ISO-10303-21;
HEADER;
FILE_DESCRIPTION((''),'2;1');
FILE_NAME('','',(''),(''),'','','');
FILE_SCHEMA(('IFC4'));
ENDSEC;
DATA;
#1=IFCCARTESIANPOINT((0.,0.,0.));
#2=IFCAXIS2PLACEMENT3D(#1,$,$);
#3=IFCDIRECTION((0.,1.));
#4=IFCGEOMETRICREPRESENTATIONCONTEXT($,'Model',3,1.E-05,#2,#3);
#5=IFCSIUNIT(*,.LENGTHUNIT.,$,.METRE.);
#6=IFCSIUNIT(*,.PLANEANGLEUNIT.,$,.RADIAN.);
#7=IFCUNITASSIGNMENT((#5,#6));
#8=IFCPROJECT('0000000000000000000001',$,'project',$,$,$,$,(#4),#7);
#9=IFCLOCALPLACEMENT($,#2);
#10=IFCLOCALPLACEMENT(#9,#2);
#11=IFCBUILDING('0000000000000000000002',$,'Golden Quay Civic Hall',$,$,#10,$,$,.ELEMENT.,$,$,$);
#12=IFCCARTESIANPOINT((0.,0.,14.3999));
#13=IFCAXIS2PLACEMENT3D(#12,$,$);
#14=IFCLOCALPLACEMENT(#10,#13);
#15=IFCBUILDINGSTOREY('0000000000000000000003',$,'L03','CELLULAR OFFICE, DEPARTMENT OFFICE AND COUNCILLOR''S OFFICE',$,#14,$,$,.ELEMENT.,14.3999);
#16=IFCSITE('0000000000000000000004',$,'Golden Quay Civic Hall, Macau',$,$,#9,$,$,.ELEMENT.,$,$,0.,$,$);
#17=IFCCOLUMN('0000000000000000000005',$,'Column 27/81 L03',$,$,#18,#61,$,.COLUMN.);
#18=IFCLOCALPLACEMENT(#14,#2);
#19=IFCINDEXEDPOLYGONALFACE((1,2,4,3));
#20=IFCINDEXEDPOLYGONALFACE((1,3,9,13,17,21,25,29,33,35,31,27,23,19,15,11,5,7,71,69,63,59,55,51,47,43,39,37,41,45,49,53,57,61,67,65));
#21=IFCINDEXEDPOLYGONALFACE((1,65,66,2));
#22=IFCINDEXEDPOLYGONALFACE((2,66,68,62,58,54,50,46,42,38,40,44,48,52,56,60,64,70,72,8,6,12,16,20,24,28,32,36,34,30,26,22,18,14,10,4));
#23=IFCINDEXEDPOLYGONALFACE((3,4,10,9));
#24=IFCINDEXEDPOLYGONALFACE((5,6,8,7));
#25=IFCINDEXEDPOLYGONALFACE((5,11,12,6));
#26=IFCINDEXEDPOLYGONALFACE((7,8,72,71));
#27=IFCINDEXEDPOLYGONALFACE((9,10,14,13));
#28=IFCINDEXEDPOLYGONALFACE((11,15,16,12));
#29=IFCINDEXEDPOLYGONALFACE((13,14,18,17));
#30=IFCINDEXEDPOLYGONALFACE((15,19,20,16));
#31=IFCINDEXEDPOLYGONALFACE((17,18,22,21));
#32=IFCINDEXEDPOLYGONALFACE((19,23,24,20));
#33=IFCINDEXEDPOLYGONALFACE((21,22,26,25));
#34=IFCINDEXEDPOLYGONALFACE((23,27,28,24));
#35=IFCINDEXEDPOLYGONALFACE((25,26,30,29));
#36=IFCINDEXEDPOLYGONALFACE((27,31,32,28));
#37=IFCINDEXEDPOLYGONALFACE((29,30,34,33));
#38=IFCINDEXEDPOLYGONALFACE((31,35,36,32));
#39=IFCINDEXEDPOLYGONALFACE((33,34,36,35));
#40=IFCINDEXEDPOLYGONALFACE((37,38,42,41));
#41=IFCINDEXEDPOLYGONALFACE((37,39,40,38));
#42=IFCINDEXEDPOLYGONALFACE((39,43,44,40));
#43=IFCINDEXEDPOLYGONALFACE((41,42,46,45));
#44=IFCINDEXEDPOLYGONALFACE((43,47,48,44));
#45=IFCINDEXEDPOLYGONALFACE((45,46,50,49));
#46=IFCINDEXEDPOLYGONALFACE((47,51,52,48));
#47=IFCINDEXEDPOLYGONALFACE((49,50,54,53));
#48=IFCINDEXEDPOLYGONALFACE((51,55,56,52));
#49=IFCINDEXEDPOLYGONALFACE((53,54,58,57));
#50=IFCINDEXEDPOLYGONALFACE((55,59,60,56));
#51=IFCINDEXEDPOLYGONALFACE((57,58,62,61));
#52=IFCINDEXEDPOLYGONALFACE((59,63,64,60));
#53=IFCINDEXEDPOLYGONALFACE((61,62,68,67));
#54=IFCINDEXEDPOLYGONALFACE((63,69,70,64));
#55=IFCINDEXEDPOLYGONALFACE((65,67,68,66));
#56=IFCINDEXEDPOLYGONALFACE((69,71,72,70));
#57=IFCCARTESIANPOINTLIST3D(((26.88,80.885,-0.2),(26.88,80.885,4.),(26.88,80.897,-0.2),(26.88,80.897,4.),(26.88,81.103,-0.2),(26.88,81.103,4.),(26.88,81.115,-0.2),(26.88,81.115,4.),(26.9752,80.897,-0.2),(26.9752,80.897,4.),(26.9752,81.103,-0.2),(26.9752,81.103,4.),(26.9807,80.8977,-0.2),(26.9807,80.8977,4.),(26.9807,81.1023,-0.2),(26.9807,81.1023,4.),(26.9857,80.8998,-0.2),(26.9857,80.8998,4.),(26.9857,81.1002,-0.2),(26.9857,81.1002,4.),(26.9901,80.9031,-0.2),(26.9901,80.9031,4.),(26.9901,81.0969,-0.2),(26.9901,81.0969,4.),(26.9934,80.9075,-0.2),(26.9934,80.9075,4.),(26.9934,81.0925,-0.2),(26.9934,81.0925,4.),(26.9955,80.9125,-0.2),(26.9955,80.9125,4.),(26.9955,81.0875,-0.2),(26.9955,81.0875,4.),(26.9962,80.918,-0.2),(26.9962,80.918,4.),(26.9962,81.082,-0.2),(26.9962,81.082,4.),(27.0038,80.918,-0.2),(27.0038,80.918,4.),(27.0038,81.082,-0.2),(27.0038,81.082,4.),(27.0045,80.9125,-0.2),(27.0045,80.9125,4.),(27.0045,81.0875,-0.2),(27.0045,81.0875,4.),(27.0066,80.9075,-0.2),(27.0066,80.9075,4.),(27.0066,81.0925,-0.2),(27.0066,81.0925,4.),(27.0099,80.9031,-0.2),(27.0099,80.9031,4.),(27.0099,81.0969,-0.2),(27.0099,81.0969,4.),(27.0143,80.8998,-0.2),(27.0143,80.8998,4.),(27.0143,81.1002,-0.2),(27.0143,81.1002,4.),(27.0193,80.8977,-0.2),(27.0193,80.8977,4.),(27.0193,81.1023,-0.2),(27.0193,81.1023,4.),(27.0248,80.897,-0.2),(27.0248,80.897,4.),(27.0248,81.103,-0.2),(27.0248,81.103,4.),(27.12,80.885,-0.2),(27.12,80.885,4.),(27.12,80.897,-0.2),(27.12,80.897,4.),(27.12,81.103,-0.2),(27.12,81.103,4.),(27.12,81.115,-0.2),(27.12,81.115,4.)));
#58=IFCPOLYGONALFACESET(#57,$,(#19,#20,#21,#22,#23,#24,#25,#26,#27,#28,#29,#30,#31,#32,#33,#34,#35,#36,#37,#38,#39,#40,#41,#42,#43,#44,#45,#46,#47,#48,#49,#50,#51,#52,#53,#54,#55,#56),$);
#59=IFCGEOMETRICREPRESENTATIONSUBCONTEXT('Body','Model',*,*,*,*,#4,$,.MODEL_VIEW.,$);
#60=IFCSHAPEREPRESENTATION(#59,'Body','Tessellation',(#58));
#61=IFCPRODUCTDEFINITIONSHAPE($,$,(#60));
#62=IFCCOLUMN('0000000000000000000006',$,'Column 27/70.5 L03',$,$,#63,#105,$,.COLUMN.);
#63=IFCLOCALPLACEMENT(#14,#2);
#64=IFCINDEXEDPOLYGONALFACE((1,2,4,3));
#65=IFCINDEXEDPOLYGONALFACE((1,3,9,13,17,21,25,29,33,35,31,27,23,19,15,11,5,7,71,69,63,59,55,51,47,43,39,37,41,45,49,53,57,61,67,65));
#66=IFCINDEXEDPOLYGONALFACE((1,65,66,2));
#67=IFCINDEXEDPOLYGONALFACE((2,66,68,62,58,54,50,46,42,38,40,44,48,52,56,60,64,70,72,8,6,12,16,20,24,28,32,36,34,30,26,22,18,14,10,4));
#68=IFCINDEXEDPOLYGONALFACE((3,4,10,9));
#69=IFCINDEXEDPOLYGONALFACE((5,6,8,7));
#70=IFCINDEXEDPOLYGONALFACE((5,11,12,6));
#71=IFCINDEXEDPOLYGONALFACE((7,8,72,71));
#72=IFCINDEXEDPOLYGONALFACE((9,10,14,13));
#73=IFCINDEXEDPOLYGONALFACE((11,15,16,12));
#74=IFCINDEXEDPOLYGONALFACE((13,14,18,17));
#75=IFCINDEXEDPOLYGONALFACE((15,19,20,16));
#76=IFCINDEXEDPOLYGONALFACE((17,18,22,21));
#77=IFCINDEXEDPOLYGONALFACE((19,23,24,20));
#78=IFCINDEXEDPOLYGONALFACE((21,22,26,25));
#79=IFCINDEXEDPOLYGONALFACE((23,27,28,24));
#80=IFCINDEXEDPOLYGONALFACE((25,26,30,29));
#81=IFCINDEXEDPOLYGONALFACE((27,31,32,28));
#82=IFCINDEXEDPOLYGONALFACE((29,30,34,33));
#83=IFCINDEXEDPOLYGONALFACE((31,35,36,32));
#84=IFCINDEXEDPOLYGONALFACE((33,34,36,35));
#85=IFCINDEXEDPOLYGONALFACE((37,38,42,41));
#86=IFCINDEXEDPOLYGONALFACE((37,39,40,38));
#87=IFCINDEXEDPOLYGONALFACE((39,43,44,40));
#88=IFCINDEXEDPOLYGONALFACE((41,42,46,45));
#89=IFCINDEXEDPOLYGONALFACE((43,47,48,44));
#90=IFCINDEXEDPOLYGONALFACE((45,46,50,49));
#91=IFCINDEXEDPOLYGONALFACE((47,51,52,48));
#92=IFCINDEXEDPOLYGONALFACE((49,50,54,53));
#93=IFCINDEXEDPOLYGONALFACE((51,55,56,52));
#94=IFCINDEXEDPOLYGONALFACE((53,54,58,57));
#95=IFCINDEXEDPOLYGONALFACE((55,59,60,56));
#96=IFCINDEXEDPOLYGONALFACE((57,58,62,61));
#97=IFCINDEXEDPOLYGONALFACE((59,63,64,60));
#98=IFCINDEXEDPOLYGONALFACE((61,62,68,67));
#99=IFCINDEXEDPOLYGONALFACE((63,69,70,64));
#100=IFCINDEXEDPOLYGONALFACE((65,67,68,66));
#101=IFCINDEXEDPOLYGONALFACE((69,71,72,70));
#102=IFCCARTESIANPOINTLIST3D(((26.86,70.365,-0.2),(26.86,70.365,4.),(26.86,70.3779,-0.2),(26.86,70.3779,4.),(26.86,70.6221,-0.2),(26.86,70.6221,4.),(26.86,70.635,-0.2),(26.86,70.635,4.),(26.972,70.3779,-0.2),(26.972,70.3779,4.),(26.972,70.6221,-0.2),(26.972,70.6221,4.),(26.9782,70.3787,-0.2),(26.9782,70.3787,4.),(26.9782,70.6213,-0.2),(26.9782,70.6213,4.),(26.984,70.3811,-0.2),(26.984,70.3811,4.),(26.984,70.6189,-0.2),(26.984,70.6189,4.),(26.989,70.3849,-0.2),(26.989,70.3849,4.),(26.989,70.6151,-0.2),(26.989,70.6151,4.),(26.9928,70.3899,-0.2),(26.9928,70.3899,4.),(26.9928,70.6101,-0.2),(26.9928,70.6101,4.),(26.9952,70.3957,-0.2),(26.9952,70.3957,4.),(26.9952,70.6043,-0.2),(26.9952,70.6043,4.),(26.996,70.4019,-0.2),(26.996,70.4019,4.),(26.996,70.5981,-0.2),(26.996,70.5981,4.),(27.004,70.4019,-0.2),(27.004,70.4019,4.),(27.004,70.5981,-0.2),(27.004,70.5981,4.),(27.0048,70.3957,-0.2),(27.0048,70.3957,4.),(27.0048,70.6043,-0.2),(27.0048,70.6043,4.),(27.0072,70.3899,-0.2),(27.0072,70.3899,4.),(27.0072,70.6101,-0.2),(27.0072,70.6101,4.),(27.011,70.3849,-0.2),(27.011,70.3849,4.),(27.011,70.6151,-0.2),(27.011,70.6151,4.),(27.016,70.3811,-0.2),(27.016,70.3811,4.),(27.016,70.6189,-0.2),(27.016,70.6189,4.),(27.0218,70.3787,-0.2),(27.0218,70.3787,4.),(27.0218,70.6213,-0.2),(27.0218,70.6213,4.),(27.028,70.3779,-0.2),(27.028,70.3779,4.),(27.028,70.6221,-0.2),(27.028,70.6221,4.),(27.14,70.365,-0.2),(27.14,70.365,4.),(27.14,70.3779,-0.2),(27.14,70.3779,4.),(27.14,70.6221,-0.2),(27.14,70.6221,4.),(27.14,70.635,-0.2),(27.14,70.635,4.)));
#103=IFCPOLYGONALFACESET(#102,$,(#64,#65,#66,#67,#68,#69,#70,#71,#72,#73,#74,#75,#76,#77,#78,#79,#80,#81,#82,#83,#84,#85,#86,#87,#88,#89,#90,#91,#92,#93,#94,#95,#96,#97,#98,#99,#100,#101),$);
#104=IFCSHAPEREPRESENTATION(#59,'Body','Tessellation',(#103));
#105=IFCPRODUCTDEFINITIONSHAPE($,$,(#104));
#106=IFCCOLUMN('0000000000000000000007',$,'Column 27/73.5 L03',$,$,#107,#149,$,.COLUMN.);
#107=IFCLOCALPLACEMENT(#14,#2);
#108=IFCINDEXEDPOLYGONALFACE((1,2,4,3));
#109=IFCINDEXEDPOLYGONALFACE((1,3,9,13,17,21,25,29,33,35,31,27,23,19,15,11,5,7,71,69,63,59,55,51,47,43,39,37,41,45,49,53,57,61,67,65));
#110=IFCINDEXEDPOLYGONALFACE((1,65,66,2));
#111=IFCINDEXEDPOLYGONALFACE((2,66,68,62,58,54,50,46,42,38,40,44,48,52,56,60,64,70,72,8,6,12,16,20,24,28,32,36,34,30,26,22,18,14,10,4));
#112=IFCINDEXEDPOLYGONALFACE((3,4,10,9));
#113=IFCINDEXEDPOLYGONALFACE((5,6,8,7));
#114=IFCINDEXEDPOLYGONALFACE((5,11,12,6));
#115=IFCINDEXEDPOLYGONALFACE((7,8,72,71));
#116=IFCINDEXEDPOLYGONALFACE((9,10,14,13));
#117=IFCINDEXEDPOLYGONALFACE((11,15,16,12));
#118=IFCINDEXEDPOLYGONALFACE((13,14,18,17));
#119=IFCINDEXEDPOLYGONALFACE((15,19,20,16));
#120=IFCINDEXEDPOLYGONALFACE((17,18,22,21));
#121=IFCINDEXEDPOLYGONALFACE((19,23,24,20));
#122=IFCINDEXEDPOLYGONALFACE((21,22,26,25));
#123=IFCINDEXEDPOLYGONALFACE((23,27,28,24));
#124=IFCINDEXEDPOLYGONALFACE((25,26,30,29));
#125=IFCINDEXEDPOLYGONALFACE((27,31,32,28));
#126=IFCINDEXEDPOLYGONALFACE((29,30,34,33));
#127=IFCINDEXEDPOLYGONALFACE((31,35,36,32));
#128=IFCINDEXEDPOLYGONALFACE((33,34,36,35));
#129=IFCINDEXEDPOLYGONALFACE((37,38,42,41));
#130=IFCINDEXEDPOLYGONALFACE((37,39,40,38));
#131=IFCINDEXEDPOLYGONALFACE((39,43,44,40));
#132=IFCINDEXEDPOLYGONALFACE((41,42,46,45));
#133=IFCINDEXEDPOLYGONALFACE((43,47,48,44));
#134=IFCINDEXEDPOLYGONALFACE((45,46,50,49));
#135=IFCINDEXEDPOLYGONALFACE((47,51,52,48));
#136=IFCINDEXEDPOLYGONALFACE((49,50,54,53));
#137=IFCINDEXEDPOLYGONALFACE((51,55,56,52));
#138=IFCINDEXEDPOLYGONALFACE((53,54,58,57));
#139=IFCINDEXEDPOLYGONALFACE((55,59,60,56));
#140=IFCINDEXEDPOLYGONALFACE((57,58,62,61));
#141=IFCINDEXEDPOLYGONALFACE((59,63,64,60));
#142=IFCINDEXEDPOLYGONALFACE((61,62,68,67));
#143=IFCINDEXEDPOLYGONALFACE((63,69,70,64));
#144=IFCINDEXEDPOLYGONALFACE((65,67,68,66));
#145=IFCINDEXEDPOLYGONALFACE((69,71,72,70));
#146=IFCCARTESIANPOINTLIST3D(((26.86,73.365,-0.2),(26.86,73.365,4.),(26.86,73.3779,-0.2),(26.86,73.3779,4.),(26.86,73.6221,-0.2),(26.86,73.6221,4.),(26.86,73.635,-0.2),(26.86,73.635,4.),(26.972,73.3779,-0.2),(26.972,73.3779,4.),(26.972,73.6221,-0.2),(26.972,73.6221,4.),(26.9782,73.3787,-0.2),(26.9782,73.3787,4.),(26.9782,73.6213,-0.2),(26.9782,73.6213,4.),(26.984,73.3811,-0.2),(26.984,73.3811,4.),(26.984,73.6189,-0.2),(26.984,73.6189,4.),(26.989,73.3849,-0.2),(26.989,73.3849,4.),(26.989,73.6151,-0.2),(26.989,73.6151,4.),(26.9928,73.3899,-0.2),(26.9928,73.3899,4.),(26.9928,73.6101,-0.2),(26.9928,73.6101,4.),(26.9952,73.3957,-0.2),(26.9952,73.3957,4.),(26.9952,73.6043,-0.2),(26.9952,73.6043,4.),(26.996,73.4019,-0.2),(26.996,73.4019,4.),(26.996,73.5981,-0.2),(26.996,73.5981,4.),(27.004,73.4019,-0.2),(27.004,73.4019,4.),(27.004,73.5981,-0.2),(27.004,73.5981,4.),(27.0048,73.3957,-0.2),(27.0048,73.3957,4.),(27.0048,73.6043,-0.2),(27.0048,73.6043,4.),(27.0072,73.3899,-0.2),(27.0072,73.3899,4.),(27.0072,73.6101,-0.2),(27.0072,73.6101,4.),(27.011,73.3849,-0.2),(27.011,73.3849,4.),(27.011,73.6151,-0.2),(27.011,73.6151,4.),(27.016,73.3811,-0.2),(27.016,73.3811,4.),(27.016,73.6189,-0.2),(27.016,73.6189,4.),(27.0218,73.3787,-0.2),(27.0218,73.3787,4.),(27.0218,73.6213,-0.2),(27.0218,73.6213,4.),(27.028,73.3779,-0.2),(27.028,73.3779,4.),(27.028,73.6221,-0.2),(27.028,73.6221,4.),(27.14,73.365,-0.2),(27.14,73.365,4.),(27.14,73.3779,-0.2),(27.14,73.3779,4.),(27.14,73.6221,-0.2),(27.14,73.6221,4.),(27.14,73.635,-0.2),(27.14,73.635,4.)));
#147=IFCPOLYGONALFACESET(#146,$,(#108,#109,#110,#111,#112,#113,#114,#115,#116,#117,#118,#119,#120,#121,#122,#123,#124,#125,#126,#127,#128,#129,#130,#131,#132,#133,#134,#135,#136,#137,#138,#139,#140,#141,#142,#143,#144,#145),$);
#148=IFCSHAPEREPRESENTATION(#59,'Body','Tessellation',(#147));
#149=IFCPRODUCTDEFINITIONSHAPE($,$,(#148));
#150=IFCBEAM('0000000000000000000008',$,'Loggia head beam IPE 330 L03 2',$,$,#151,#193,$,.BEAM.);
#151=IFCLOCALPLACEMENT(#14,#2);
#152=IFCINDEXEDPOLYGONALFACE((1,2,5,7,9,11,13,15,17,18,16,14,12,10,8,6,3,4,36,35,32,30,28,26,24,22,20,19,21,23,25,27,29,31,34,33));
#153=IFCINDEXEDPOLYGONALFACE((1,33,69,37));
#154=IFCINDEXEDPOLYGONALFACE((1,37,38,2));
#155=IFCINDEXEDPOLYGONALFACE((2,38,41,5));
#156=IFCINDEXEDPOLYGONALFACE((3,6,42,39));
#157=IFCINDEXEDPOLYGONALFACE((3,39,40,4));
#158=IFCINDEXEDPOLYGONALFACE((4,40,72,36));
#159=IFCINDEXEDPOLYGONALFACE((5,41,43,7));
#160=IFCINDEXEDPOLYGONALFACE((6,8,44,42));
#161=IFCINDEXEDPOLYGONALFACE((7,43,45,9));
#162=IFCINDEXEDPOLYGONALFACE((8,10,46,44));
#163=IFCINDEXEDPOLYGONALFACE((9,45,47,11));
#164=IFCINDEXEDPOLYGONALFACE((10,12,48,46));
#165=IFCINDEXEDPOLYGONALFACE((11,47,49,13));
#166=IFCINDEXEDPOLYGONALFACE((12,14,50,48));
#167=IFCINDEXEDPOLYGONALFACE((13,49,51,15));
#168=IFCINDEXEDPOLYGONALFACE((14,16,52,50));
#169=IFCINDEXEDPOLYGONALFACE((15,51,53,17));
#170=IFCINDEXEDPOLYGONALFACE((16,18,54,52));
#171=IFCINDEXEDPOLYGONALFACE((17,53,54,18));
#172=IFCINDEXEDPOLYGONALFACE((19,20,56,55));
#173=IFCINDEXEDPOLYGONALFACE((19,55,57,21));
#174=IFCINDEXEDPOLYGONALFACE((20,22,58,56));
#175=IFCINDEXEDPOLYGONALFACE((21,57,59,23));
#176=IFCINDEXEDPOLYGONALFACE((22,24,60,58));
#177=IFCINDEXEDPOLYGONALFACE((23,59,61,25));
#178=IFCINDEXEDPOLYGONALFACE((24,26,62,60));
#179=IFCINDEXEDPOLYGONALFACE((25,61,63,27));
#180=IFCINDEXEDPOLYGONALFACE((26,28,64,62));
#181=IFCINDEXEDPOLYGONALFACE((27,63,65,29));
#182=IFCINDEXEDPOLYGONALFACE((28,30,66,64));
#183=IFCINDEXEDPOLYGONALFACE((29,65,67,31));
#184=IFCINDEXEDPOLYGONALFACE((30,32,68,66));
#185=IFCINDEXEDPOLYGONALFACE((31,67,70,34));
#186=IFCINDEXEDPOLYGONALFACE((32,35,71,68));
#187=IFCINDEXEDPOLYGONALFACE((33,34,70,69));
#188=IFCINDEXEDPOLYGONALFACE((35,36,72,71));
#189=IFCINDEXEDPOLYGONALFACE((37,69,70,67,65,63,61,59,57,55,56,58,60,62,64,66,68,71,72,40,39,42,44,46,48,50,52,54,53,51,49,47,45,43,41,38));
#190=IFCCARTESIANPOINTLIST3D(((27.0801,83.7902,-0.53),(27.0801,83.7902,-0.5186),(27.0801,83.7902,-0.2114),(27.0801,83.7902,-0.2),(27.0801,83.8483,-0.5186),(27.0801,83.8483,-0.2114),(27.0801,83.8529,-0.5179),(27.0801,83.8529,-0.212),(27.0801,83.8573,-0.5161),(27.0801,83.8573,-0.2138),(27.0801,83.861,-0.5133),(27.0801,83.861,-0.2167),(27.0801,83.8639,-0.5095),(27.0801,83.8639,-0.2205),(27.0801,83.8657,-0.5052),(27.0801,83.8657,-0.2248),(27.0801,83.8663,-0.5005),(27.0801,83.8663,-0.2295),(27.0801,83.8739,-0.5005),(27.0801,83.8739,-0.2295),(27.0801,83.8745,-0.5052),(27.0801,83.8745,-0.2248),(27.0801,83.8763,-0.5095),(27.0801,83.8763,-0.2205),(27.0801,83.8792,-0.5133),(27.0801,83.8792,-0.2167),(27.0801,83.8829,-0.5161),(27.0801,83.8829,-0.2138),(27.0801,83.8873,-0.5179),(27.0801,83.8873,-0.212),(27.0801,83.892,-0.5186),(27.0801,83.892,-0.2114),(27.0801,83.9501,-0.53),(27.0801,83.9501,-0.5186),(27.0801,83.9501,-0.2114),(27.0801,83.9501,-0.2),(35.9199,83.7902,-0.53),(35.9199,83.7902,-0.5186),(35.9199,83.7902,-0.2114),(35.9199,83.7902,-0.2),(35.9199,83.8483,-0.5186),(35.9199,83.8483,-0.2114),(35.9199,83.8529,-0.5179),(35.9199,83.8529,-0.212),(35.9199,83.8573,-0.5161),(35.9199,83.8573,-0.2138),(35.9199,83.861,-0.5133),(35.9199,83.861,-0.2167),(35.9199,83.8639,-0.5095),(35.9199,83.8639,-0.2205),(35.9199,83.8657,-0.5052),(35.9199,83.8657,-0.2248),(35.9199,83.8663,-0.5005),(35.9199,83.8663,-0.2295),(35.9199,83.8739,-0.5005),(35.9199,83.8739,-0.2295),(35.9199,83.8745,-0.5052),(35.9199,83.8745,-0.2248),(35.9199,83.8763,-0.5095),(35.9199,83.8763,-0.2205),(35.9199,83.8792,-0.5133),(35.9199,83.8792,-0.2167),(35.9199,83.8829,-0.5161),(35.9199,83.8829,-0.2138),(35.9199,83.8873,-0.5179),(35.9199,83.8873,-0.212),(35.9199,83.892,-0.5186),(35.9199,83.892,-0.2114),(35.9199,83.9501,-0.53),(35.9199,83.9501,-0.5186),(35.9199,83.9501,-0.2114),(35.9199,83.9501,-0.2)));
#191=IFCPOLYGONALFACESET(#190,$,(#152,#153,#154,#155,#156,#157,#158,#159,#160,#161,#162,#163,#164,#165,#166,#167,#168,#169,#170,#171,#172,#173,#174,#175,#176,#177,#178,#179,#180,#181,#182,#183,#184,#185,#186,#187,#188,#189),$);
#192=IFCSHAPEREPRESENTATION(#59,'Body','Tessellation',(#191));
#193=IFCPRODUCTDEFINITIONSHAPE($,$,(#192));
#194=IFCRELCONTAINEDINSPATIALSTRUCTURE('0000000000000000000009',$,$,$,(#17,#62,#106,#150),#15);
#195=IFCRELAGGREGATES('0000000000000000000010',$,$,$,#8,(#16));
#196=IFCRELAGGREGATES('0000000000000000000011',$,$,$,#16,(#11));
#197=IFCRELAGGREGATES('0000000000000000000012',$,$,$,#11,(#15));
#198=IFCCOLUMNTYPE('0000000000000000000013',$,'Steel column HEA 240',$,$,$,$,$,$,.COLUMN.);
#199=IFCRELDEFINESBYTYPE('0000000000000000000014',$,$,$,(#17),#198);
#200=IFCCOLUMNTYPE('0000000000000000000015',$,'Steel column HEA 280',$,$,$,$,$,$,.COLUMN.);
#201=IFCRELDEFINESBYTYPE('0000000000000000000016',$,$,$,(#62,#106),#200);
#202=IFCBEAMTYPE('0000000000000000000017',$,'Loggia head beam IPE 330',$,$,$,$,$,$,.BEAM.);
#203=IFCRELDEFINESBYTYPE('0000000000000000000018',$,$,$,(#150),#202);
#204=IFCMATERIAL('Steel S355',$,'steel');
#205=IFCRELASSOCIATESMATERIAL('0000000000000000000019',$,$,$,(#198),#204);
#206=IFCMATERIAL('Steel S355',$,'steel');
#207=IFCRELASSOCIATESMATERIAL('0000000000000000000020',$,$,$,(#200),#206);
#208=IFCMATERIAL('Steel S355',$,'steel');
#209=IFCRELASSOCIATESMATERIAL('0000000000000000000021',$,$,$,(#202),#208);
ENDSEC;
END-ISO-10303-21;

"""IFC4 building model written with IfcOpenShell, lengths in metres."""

from ifc_helpers import new_model, si_unit, direction, frame, origin, origin_2d, place, context, subcontext, project, spatial, i_section, extrude, material, material_profile, profile_set, type_object, element, save


model = new_model("IFC4")

# Units and contexts
model_context = context("Model", 3, precision=1e-05, world=origin(), true_north=direction((0.0, 1.0)))
body_context = subcontext(model_context, "Body", "Model", "MODEL_VIEW")
ifc_project = project(units=[si_unit("LENGTHUNIT", "METRE"), si_unit("PLANEANGLEUNIT", "RADIAN")], contexts=[model_context])

# Site, building, storey
site_placement = place(None, origin())
site = spatial("IfcSite", under=ifc_project, at=site_placement, Name="Golden Quay Civic Hall, Macau", CompositionType="ELEMENT", RefElevation=0.0)
building_placement = place(site_placement, origin())
building = spatial("IfcBuilding", under=site, at=building_placement, Name="Golden Quay Civic Hall", CompositionType="ELEMENT")
storey_placement = place(building_placement, frame((0.0, 0.0, 14.3999)))
storey = spatial("IfcBuildingStorey", under=building, at=storey_placement, Name="L03", Description="CELLULAR OFFICE, DEPARTMENT OFFICE AND COUNCILLOR'S OFFICE", CompositionType="ELEMENT", Elevation=14.3999)

# Columns
ifc_material_1 = material(Name="Steel S355", Category="steel")
ifc_material_profile_1 = material_profile(ifc_material_1, i_section(OverallWidth=0.24, OverallDepth=0.23, WebThickness=0.0076, FlangeThickness=0.012, FilletRadius=0.021, at=origin_2d()), Name="HEA 240")
ifc_profile_set_1 = profile_set([ifc_material_profile_1], Name="Steel S355")
column_type_1 = type_object("IfcColumnType", Name="Steel column HEA 240", PredefinedType="COLUMN", material=ifc_profile_set_1)
column_placement = place(storey_placement, frame((27.0, 81.0, -0.2), z_axis=(0.0, 0.0, 1.0), x_axis=(1.0, 0.0, 0.0)))
element("IfcColumn", 1, at=column_placement, inside=storey, type_object=column_type_1, Name="Column 27/81 L03", PredefinedType="COLUMN", context=body_context, shape_type="SweptSolid", body=[
    extrude(i_section(OverallWidth=0.24, OverallDepth=0.23, WebThickness=0.0076, FlangeThickness=0.012, FilletRadius=0.021, at=origin_2d()), origin(), (0.0, 0.0, 1.0), 4.2),
])
ifc_material_2 = material(Name="Steel S355", Category="steel")
ifc_material_profile_2 = material_profile(ifc_material_2, i_section(OverallWidth=0.28, OverallDepth=0.27, WebThickness=0.0081, FlangeThickness=0.0129, FilletRadius=0.0239, at=origin_2d()), Name="HEA 280")
ifc_profile_set_2 = profile_set([ifc_material_profile_2], Name="Steel S355")
column_type_2 = type_object("IfcColumnType", Name="Steel column HEA 280", PredefinedType="COLUMN", material=ifc_profile_set_2)
for number, where, z_axis, x_axis, name in (
    (2, (27.0, 70.5, -0.2), (0.0, 0.0, 1.0), (1.0, 0.0, 0.0), "Column 27/70.5 L03"),
    (3, (27.0, 73.5, -0.2), (0.0, 0.0, 1.0), (1.0, 0.0, 0.0), "Column 27/73.5 L03"),
):
    element("IfcColumn", number, at=place(storey_placement, frame(where, z_axis=z_axis, x_axis=x_axis)), inside=storey, type_object=column_type_2, Name=name, PredefinedType="COLUMN", context=body_context, shape_type="SweptSolid", body=[
        extrude(i_section(OverallWidth=0.28, OverallDepth=0.27, WebThickness=0.0081, FlangeThickness=0.0129, FilletRadius=0.0239, at=origin_2d()), origin(), (0.0, 0.0, 1.0), 4.2),
    ])

# Beam
ifc_material_3 = material(Name="Steel S355", Category="steel")
ifc_material_profile_3 = material_profile(ifc_material_3, i_section(OverallWidth=0.1599, OverallDepth=0.3301, WebThickness=0.0076, FlangeThickness=0.0115, FilletRadius=0.0181, at=origin_2d()), Name="IPE 330")
ifc_profile_set_3 = profile_set([ifc_material_profile_3], Name="Steel S355")
beam_type_1 = type_object("IfcBeamType", Name="Loggia head beam IPE 330", PredefinedType="BEAM", material=ifc_profile_set_3)
beam_1_placement = place(storey_placement, frame((27.0801, 83.8701, -0.365), z_axis=(1.0, 0.0, 0.0), x_axis=(0.0, 1.0, 0.0)))
element("IfcBeam", 4, at=beam_1_placement, inside=storey, type_object=beam_type_1, Name="Loggia head beam IPE 330 L03 2", PredefinedType="BEAM", context=body_context, shape_type="SweptSolid", body=[
    extrude(i_section(OverallWidth=0.1599, OverallDepth=0.3301, WebThickness=0.0076, FlangeThickness=0.0115, FilletRadius=0.0181, at=origin_2d()), origin(), (0.0, 0.0, 1.0), 8.8398),
])

save(model, "model.ifc")
